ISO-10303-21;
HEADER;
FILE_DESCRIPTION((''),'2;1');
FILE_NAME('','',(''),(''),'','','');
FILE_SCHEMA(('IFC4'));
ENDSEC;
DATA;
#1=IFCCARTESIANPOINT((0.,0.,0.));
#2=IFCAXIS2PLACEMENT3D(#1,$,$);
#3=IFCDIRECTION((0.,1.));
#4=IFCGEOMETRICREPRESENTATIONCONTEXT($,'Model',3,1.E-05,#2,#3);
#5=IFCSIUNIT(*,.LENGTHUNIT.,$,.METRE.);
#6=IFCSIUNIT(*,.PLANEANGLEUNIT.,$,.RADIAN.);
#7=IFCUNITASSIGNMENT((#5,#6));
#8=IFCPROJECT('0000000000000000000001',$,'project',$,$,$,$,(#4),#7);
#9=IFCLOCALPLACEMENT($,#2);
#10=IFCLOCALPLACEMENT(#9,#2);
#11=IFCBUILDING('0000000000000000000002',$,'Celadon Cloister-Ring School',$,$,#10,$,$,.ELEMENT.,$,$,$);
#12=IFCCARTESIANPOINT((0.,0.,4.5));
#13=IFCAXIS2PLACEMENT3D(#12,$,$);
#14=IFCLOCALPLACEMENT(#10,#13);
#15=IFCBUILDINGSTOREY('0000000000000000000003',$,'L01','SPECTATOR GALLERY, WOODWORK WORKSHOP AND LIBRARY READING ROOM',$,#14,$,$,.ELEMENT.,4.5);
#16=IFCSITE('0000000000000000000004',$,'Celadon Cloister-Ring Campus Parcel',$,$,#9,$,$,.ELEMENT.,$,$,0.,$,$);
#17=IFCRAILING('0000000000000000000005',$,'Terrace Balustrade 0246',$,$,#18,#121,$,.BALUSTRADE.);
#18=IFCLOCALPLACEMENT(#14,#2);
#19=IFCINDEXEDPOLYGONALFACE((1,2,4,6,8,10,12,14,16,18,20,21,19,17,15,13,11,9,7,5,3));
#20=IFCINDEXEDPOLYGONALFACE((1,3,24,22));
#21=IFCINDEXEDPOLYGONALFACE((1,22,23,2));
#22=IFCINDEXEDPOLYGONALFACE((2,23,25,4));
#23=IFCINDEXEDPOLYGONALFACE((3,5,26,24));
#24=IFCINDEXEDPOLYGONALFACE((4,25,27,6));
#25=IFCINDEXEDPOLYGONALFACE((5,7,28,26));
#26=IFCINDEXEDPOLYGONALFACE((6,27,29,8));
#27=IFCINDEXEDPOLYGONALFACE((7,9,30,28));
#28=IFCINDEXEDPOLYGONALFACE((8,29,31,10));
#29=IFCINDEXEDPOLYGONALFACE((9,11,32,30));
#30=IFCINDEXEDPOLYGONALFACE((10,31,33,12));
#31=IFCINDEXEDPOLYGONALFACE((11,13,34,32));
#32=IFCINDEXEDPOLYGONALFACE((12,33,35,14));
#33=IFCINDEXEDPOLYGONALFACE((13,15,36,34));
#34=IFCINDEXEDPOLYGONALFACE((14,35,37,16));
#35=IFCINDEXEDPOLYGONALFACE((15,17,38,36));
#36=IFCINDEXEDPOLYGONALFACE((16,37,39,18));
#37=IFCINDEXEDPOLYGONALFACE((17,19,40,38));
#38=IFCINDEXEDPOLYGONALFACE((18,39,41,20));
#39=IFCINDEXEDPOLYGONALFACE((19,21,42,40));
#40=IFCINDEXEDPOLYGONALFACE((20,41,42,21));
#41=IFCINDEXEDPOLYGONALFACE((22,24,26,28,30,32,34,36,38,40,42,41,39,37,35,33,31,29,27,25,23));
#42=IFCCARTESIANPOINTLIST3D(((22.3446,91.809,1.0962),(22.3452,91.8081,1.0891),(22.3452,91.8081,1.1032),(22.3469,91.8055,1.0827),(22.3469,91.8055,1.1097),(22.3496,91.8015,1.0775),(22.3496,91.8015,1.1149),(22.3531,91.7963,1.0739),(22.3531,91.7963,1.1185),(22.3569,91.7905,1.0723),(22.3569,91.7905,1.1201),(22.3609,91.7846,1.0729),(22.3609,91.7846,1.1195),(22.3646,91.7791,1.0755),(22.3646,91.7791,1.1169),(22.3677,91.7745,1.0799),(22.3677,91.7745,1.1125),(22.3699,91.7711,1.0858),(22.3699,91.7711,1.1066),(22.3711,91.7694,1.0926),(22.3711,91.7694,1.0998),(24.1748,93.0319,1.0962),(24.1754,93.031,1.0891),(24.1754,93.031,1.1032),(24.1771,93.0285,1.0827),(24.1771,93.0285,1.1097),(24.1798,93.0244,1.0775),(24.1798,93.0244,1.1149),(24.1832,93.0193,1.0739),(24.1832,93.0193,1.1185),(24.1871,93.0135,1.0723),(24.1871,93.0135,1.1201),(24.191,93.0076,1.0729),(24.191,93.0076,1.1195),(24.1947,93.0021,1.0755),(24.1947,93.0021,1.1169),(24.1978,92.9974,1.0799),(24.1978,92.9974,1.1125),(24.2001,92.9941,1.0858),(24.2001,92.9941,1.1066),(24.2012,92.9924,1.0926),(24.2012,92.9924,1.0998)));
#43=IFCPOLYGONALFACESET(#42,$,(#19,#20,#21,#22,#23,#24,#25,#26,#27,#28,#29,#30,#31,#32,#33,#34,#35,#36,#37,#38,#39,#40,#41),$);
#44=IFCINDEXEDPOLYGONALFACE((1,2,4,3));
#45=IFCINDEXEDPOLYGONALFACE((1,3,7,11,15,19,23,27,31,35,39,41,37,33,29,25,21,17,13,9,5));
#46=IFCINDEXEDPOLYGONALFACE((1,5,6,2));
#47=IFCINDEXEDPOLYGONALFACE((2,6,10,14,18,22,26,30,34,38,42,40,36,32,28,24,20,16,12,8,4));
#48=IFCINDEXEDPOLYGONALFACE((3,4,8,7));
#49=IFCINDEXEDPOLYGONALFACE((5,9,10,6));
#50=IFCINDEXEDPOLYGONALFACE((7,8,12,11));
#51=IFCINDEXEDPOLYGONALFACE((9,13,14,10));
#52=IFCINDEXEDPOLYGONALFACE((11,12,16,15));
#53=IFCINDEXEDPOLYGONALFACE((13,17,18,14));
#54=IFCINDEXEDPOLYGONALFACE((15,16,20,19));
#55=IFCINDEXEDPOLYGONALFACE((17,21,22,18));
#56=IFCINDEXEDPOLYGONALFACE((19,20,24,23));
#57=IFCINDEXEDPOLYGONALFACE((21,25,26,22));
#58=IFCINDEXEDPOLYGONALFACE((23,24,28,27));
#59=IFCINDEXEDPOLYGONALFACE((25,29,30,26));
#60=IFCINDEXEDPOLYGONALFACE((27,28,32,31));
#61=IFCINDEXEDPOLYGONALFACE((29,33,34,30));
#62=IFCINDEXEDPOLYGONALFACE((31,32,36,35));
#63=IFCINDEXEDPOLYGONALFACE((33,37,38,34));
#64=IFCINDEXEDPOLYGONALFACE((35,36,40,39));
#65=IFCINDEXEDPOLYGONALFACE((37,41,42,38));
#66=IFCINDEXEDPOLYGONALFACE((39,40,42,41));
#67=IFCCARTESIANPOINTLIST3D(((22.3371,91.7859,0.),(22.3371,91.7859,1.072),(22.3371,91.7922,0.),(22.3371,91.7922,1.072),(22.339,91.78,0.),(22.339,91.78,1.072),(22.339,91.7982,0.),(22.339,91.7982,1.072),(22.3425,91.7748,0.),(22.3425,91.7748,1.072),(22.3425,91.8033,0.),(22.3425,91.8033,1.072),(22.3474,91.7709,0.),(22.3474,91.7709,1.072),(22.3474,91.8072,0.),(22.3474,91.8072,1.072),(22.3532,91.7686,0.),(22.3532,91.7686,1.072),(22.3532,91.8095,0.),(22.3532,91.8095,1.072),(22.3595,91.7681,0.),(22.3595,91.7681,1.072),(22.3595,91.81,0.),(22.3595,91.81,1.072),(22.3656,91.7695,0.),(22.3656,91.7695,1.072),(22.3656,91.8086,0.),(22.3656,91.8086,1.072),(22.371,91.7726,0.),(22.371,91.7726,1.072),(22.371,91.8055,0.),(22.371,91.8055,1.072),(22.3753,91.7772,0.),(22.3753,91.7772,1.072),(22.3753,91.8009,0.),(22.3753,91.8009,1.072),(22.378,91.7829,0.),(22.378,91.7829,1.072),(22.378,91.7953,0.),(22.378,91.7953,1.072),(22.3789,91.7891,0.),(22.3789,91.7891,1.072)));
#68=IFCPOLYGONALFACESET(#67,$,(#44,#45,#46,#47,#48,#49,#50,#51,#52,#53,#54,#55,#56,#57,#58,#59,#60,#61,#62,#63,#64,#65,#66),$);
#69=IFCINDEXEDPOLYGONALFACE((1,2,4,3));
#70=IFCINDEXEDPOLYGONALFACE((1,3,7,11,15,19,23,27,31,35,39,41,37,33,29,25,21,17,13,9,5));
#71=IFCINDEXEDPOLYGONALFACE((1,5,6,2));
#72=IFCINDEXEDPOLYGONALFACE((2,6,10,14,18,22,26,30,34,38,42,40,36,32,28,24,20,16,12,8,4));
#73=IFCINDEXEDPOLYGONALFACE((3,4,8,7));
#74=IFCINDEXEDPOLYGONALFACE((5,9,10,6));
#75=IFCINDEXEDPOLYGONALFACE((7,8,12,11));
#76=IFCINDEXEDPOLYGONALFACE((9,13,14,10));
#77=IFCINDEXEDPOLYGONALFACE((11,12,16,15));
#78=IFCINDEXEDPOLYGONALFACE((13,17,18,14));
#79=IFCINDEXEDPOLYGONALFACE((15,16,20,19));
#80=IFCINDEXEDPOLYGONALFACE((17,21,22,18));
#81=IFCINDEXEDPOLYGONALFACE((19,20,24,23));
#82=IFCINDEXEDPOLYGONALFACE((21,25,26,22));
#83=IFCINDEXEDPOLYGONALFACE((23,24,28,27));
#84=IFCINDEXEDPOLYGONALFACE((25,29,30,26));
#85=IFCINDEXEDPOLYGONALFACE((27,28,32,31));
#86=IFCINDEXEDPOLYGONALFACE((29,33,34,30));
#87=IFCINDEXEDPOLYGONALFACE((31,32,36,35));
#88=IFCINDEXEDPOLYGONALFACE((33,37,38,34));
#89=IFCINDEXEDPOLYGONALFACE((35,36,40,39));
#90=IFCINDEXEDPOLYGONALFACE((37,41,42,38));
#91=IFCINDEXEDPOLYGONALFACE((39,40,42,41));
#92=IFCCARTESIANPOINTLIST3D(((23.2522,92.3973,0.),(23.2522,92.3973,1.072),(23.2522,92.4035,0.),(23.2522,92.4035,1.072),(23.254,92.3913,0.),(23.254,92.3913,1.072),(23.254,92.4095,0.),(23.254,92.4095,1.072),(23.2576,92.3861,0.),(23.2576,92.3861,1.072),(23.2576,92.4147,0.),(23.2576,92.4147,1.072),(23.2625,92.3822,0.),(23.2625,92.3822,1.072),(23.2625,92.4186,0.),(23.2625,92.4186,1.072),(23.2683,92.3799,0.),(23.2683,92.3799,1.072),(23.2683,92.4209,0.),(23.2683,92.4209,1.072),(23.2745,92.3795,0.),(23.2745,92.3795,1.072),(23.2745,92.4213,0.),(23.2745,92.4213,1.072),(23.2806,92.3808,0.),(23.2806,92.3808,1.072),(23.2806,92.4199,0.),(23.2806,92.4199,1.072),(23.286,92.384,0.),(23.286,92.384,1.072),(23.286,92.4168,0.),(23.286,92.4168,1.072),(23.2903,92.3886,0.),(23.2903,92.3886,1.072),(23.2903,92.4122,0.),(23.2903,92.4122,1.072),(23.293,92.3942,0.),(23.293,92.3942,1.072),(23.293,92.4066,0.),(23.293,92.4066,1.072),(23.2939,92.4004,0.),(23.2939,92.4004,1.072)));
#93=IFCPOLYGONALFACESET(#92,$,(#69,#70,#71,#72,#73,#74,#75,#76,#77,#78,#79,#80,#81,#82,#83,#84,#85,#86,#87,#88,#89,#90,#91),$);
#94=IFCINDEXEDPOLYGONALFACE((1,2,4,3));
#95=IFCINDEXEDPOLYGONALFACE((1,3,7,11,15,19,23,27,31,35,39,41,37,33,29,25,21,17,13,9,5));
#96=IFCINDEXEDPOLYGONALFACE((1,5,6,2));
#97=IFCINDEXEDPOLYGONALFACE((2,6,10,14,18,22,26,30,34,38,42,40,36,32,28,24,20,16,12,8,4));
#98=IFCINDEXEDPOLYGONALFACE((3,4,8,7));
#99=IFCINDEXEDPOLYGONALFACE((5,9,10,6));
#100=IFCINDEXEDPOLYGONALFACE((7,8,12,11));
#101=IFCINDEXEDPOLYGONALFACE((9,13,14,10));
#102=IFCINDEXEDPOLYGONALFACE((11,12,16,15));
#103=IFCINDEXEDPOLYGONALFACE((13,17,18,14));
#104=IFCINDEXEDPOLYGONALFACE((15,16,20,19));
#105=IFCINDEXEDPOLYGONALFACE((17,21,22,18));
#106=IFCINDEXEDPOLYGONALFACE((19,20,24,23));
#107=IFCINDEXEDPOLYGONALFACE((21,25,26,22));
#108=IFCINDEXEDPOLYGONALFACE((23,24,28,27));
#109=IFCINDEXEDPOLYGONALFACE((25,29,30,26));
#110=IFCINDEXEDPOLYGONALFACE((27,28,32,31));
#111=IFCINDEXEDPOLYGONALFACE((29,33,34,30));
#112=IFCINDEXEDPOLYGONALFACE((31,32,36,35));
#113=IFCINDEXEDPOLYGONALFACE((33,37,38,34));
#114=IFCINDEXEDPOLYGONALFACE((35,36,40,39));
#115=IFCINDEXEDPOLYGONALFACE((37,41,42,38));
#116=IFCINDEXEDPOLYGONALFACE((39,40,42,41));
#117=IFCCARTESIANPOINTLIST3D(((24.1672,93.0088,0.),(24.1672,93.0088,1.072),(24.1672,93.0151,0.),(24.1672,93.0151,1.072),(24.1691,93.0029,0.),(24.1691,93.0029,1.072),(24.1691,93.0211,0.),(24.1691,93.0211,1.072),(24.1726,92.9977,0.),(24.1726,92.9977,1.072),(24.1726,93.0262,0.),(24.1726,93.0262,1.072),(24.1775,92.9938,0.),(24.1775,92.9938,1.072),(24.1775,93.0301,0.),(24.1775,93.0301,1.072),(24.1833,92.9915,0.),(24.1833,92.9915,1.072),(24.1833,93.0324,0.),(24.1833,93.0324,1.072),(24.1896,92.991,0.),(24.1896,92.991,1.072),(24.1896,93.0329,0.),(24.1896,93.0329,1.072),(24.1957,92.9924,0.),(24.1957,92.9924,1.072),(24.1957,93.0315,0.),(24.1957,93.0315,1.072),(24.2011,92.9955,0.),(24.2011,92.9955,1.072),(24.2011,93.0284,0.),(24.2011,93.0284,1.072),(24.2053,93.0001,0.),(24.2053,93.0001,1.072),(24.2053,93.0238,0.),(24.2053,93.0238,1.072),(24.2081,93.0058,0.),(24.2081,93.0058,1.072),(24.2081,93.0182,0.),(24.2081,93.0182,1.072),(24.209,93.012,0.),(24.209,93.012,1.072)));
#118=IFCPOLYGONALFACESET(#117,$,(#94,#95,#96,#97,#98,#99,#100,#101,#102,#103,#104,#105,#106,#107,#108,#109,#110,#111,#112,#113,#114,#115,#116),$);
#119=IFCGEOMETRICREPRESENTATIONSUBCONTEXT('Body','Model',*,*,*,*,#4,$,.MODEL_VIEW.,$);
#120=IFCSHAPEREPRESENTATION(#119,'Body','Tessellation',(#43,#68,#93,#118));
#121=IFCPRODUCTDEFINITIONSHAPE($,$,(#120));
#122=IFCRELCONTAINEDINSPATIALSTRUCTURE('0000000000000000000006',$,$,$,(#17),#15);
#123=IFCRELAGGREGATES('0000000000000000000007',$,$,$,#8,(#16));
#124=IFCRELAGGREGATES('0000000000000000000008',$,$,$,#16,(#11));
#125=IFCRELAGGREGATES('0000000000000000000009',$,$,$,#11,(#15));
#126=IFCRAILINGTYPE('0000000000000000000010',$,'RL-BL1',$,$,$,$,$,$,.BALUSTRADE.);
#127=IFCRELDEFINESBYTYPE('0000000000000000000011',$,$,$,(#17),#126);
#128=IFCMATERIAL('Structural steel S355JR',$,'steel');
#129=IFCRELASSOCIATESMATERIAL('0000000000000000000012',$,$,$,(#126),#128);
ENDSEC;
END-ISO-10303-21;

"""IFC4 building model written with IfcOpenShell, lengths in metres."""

from ifc_helpers import new_model, si_unit, direction, frame, origin, origin_2d, place, context, subcontext, project, spatial, circle, extrude, material, type_object, element, save


model = new_model("IFC4")

# Units and contexts
model_context = context("Model", 3, precision=1e-05, world=origin(), true_north=direction((0.0, 1.0)))
body_context = subcontext(model_context, "Body", "Model", "MODEL_VIEW")
ifc_project = project(units=[si_unit("LENGTHUNIT", "METRE"), si_unit("PLANEANGLEUNIT", "RADIAN")], contexts=[model_context])

# Site, building, storey
site_placement = place(None, origin())
site = spatial("IfcSite", under=ifc_project, at=site_placement, Name="Celadon Cloister-Ring Campus Parcel", CompositionType="ELEMENT", RefElevation=0.0)
building_placement = place(site_placement, origin())
building = spatial("IfcBuilding", under=site, at=building_placement, Name="Celadon Cloister-Ring School", CompositionType="ELEMENT")
storey_placement = place(building_placement, frame((0.0, 0.0, 4.5)))
storey = spatial("IfcBuildingStorey", under=building, at=storey_placement, Name="L01", Description="SPECTATOR GALLERY, WOODWORK WORKSHOP AND LIBRARY READING ROOM", CompositionType="ELEMENT", Elevation=4.5)

# Railing
ifc_material_1 = material(Name="Structural steel S355JR", Category="steel")
railing_type = type_object("IfcRailingType", Name="RL-BL1", PredefinedType="BALUSTRADE", material=ifc_material_1)
railing_1_placement = place(storey_placement, frame((22.3579, 91.7891, 0.0)))
element("IfcRailing", 1, at=railing_1_placement, inside=storey, type_object=railing_type, Name="Terrace Balustrade 0246", PredefinedType="BALUSTRADE", context=body_context, shape_type="SweptSolid", body=[
    extrude(circle(Radius=0.0239, at=origin_2d()), frame((0.0, 0.0, 1.0962), z_axis=(0.831453, 0.555596, 0.0), x_axis=(-0.555596, 0.831453, 0.0)), (0.0, 0.0, 1.0), 2.2012),
    extrude(circle(Radius=0.021, at=origin_2d()), origin(), (0.0, 0.0, 1.0), 1.072),
    extrude(circle(Radius=0.021, at=origin_2d()), frame((0.915, 0.6113, 0.0)), (0.0, 0.0, 1.0), 1.072),
    extrude(circle(Radius=0.021, at=origin_2d()), frame((1.8301, 1.2229, 0.0)), (0.0, 0.0, 1.0), 1.072),
])

save(model, "model.ifc")
